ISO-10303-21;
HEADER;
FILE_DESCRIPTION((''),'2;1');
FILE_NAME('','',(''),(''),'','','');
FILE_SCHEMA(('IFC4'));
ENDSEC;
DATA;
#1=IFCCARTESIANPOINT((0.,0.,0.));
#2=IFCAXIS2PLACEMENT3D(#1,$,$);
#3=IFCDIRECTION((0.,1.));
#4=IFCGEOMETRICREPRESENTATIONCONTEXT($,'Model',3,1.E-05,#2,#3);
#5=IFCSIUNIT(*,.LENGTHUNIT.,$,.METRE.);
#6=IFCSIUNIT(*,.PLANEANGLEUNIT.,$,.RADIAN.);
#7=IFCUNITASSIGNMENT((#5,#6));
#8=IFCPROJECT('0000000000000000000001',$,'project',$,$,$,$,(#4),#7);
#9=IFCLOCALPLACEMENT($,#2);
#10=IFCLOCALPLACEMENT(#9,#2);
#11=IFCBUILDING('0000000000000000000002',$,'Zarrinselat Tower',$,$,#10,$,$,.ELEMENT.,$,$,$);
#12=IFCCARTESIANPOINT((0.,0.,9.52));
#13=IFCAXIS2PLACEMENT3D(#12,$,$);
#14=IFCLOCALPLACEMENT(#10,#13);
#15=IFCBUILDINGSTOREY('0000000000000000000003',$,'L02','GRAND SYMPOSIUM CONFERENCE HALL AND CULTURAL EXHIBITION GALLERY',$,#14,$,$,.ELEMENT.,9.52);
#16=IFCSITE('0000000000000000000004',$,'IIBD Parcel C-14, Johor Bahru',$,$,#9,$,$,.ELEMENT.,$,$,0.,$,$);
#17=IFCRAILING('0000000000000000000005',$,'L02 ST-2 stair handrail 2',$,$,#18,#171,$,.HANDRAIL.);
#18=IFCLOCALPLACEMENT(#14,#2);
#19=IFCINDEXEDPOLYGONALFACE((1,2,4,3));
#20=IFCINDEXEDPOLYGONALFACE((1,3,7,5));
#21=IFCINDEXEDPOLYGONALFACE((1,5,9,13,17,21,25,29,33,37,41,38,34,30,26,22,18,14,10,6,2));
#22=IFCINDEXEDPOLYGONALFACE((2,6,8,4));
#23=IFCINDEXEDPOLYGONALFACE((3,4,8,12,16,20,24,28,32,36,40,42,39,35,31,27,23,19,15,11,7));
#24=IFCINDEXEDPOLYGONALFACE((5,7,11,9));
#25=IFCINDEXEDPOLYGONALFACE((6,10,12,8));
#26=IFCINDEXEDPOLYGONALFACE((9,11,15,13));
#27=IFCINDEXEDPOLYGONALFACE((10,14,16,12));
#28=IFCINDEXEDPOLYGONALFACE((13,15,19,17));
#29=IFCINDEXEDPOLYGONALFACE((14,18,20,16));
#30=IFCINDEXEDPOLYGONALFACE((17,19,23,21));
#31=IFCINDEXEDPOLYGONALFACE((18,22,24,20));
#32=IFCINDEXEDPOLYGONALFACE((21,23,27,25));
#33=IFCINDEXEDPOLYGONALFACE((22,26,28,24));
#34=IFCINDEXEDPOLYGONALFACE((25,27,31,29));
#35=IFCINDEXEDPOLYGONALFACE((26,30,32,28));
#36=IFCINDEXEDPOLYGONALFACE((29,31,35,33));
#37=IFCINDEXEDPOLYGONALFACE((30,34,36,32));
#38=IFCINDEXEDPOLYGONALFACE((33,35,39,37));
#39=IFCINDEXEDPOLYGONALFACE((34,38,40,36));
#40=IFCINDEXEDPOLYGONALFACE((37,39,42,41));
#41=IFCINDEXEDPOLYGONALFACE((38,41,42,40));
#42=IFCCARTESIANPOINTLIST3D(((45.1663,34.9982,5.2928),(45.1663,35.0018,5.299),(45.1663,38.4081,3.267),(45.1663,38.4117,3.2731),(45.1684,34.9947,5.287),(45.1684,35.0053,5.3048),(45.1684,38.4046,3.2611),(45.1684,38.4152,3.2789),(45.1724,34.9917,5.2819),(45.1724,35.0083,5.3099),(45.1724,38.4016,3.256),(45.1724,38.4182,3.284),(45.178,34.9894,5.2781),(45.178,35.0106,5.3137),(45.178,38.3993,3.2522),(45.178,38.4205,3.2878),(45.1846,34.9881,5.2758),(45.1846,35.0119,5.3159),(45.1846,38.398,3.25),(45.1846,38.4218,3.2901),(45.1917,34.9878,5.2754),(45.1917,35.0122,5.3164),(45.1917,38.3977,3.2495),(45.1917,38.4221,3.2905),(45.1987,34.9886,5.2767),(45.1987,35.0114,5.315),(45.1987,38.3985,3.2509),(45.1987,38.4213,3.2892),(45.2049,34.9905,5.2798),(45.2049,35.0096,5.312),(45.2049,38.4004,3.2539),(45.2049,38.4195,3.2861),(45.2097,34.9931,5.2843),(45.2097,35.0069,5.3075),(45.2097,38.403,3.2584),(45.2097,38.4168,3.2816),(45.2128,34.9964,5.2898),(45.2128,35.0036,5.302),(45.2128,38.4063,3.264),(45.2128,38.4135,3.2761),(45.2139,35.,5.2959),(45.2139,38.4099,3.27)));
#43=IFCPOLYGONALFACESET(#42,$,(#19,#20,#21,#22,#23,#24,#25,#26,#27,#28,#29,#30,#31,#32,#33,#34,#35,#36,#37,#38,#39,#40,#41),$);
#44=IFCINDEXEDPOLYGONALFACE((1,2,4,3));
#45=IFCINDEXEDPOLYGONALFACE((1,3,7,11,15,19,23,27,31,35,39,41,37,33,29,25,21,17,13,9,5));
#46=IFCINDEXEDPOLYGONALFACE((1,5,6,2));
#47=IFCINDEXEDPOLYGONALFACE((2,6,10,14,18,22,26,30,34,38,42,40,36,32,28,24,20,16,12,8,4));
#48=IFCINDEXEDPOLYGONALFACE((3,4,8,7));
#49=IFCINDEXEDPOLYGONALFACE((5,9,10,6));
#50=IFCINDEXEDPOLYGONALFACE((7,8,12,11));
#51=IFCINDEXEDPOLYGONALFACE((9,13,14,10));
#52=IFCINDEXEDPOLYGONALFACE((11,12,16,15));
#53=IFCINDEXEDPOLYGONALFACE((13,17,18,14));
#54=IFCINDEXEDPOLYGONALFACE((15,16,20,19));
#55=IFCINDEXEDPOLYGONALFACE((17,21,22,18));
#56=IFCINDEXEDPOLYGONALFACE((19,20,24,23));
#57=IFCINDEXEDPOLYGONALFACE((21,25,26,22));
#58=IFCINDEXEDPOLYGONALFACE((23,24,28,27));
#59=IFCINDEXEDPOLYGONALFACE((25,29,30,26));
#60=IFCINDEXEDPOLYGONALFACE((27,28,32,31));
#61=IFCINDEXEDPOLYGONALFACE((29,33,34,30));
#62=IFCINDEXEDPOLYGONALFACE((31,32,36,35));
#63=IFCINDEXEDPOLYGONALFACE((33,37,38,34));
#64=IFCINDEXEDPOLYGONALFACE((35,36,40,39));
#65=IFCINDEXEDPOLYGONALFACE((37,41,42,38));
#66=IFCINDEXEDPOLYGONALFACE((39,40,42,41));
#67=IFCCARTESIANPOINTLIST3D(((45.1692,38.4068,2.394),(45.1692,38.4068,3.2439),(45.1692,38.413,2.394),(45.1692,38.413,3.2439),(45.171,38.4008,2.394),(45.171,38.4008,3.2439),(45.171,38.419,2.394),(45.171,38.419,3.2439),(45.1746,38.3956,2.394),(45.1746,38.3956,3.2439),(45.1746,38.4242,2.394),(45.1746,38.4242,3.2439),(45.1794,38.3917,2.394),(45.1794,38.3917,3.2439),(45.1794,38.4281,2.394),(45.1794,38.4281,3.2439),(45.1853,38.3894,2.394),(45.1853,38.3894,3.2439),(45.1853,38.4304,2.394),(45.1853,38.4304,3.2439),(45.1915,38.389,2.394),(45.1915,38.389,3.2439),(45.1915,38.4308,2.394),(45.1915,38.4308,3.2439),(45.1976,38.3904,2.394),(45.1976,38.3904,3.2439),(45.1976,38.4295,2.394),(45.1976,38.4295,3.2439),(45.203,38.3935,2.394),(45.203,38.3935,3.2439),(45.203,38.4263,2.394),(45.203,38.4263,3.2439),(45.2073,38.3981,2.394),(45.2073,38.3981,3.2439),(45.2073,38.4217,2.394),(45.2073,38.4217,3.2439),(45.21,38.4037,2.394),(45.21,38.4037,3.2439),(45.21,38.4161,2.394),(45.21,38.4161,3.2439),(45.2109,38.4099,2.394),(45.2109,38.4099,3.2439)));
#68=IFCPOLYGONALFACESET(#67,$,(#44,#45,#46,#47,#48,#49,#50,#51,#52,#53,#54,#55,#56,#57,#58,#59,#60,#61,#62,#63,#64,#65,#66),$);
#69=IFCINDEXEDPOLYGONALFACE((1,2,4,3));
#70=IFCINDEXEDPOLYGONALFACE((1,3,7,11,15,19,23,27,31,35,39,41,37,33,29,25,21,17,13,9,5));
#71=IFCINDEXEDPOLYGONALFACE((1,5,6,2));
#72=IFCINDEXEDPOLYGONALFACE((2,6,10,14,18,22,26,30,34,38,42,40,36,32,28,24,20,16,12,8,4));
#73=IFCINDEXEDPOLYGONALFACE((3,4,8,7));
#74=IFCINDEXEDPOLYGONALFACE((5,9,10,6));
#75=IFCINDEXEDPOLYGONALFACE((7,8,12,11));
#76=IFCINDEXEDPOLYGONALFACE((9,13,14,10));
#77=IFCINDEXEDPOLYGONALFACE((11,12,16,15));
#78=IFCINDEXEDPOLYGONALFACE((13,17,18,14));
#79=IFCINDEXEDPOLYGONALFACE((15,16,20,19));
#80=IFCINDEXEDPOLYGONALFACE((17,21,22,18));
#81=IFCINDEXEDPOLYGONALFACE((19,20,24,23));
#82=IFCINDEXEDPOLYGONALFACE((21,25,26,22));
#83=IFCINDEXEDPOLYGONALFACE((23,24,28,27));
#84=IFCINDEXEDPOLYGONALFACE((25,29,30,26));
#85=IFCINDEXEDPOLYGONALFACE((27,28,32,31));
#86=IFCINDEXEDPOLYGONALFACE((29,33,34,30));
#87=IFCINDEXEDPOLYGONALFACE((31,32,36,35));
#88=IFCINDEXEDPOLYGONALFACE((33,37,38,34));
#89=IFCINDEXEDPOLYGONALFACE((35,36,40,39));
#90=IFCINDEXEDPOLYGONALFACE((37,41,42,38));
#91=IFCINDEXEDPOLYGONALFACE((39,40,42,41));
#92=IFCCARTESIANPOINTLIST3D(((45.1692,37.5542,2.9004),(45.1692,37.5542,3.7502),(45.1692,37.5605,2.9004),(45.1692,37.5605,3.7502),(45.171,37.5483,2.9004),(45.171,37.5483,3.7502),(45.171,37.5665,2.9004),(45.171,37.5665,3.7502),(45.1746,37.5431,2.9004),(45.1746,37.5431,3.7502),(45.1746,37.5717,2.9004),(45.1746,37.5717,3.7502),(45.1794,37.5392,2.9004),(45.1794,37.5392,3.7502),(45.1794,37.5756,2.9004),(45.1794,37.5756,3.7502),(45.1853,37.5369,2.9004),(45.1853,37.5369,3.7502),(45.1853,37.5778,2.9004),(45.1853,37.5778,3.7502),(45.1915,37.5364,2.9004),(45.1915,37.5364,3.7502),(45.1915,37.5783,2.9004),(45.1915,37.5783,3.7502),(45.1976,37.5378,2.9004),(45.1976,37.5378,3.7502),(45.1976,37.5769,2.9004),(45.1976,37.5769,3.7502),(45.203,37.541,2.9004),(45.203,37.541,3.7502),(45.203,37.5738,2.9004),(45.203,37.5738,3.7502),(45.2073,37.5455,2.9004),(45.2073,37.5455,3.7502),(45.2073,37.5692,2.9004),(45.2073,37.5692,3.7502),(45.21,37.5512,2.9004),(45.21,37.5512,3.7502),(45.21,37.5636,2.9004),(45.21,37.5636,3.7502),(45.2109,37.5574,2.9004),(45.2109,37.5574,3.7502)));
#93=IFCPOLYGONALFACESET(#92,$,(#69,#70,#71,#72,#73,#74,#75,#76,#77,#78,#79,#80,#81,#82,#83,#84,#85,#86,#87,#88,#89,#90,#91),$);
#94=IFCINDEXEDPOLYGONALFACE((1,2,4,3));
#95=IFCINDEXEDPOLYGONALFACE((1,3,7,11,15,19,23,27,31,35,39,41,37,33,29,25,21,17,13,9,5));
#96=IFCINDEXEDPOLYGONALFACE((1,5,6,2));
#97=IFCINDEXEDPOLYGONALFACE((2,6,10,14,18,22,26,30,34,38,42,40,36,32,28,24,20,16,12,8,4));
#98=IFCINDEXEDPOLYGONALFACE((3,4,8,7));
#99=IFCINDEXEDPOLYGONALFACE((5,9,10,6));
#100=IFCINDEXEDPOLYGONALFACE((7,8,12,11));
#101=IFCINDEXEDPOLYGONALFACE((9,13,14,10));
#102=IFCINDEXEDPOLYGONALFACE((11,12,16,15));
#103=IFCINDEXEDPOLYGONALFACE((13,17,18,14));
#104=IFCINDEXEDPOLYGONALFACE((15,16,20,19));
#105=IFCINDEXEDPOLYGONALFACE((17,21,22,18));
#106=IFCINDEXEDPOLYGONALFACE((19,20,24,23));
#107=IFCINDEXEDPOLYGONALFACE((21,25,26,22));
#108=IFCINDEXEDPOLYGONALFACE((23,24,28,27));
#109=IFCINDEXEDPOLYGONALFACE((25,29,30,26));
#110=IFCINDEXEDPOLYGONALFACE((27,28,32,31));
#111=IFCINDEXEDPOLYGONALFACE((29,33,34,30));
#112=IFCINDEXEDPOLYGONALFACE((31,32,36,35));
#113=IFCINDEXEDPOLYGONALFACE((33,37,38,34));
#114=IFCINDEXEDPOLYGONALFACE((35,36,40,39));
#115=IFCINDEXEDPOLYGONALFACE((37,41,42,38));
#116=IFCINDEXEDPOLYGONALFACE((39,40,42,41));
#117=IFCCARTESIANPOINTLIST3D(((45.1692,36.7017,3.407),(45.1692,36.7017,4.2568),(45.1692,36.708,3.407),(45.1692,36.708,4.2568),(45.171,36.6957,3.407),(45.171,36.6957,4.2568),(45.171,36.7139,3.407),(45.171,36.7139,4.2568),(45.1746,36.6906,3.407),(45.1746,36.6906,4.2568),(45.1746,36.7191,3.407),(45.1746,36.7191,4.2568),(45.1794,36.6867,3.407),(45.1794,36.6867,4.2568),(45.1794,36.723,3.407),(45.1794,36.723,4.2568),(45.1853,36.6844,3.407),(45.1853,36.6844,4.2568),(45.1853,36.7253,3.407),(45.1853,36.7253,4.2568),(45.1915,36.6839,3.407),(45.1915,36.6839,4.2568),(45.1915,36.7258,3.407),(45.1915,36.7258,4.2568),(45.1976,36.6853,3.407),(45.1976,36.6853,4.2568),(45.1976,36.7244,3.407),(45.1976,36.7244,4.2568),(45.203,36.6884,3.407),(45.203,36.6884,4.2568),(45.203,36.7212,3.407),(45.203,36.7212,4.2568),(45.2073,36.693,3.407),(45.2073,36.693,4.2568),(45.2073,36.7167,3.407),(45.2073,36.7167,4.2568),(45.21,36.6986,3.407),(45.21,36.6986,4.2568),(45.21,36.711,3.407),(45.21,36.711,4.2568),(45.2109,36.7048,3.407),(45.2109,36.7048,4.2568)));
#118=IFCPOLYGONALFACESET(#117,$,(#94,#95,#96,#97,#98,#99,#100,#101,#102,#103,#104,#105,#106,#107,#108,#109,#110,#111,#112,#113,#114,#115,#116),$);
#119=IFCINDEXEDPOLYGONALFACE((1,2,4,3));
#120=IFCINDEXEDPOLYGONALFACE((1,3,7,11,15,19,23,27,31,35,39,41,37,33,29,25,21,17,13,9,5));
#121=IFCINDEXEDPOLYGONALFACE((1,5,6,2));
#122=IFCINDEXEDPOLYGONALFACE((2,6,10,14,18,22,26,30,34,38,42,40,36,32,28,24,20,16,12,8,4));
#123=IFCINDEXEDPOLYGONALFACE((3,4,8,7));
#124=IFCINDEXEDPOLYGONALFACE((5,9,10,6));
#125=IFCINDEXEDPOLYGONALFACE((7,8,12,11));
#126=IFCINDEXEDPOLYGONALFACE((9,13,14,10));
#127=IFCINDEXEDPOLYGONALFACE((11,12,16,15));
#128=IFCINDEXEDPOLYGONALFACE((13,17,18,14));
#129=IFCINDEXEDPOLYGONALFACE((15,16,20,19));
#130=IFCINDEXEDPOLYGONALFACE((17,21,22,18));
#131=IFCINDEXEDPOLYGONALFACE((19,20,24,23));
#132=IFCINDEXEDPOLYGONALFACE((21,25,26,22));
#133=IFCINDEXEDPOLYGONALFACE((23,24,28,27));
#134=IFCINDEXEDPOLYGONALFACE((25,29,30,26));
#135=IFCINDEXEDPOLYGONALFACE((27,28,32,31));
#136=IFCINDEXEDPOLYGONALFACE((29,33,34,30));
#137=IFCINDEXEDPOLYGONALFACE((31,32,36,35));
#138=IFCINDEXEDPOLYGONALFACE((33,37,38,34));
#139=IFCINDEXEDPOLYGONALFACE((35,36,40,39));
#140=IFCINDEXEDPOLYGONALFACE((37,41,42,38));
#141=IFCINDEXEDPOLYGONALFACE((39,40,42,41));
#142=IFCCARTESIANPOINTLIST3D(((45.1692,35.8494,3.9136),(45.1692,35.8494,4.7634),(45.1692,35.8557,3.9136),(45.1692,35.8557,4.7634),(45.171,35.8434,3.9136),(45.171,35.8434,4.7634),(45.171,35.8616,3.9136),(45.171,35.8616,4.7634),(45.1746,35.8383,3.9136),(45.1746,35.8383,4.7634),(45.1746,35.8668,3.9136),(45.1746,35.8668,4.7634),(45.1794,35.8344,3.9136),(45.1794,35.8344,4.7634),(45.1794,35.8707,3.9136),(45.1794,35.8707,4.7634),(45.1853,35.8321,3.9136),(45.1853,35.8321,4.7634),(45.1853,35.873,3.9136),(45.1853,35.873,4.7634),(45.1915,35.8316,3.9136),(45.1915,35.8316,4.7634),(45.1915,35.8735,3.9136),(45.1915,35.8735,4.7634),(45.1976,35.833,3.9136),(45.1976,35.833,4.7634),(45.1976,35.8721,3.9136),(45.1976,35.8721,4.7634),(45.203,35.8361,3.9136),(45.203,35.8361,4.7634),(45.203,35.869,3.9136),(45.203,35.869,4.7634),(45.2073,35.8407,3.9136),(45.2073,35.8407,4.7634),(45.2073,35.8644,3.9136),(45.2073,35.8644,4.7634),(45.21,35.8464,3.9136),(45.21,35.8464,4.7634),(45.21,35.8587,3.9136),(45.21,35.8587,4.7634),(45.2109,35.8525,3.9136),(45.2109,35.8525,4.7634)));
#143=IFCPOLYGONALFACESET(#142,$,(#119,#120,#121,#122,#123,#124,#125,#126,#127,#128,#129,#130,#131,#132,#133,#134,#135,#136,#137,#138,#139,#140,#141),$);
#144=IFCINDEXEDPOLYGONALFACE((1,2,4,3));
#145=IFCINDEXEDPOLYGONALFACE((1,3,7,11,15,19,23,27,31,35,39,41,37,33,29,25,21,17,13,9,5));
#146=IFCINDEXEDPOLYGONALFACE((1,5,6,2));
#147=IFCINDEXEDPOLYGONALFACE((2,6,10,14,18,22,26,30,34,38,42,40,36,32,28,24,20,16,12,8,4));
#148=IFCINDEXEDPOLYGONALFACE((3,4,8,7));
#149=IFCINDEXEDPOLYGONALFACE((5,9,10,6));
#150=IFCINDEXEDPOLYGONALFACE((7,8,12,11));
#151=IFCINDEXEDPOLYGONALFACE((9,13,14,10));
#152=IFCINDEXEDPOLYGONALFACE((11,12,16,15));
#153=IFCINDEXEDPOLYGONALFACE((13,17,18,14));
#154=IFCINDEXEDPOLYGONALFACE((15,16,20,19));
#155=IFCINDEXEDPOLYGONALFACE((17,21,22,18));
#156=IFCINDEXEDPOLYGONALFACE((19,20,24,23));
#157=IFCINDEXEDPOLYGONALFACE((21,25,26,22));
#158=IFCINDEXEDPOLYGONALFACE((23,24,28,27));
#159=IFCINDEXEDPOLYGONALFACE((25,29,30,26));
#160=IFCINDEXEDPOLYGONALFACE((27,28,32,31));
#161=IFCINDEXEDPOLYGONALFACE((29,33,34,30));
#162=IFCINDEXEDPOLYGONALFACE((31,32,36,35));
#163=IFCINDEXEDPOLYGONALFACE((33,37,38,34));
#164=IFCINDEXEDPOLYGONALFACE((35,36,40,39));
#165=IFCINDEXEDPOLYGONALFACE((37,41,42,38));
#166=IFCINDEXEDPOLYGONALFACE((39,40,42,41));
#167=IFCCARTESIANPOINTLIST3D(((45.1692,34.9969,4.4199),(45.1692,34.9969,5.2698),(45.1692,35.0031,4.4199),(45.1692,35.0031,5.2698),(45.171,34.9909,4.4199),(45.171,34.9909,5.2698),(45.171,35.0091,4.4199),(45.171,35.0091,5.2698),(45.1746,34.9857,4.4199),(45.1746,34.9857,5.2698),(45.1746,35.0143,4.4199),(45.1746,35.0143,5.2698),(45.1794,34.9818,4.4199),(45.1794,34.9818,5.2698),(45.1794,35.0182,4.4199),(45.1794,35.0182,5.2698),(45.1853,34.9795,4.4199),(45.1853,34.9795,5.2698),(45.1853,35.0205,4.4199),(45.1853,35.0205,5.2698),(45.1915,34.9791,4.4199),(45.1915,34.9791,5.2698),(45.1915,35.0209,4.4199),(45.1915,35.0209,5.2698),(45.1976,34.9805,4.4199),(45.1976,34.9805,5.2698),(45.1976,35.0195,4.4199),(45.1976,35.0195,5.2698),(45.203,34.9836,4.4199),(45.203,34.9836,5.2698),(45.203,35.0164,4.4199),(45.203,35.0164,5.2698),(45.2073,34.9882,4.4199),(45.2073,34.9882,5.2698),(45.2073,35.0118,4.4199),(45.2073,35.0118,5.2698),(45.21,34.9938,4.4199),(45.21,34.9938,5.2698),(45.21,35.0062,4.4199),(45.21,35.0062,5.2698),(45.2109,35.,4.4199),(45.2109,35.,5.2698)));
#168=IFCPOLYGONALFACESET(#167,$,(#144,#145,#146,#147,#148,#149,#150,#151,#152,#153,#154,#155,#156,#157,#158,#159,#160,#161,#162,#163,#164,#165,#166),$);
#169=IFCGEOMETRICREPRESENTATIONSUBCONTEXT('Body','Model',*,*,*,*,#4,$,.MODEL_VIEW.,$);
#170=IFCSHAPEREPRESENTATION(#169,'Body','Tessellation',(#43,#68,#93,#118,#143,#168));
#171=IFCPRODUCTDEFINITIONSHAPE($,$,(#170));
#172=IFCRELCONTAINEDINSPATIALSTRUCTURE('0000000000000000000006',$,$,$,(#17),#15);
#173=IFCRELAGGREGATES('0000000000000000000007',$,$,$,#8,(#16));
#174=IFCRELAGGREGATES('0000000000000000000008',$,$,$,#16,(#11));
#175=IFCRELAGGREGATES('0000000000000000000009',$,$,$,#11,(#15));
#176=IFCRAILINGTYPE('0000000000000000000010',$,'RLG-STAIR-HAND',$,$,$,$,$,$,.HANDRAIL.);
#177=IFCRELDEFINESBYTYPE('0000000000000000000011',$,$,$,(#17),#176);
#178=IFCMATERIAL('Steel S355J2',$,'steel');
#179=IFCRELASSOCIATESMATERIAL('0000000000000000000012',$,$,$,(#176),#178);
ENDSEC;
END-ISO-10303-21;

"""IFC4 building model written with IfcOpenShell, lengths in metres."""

from ifc_helpers import new_model, si_unit, direction, frame, origin, origin_2d, place, context, subcontext, project, spatial, circle, extrude, material, type_object, element, save


model = new_model("IFC4")

# Units and contexts
model_context = context("Model", 3, precision=1e-05, world=origin(), true_north=direction((0.0, 1.0)))
body_context = subcontext(model_context, "Body", "Model", "MODEL_VIEW")
ifc_project = project(units=[si_unit("LENGTHUNIT", "METRE"), si_unit("PLANEANGLEUNIT", "RADIAN")], contexts=[model_context])

# Site, building, storey
site_placement = place(None, origin())
site = spatial("IfcSite", under=ifc_project, at=site_placement, Name="IIBD Parcel C-14, Johor Bahru", CompositionType="ELEMENT", RefElevation=0.0)
building_placement = place(site_placement, origin())
building = spatial("IfcBuilding", under=site, at=building_placement, Name="Zarrinselat Tower", CompositionType="ELEMENT")
storey_placement = place(building_placement, frame((0.0, 0.0, 9.52)))
storey = spatial("IfcBuildingStorey", under=building, at=storey_placement, Name="L02", Description="GRAND SYMPOSIUM CONFERENCE HALL AND CULTURAL EXHIBITION GALLERY", CompositionType="ELEMENT", Elevation=9.52)

# Railing
ifc_material_1 = material(Name="Steel S355J2", Category="steel")
railing_type_1 = type_object("IfcRailingType", Name="RLG-STAIR-HAND", PredefinedType="HANDRAIL", material=ifc_material_1)
railing_1_placement = place(storey_placement, frame((45.1899, 38.4099, 2.394)))
element("IfcRailing", 1, at=railing_1_placement, inside=storey, type_object=railing_type_1, Name="L02 ST-2 stair handrail 2", PredefinedType="HANDRAIL", context=body_context, shape_type="SweptSolid", body=[
    extrude(circle(Radius=0.0239, at=origin_2d()), frame((0.0, 0.0, 0.876), z_axis=(0.0, -0.859717, 0.510771), x_axis=(1.0, 0.0, 0.0)), (0.0, 0.0, 1.0), 3.9663),
    extrude(circle(Radius=0.021, at=origin_2d()), origin(), (0.0, 0.0, 1.0), 0.8499),
    extrude(circle(Radius=0.021, at=origin_2d()), frame((0.0, -0.8525, 0.5063)), (0.0, 0.0, 1.0), 0.8499),
    extrude(circle(Radius=0.021, at=origin_2d()), frame((0.0, -1.7051, 1.0129)), (0.0, 0.0, 1.0), 0.8499),
    extrude(circle(Radius=0.021, at=origin_2d()), frame((0.0, -2.5574, 1.5195)), (0.0, 0.0, 1.0), 0.8499),
    extrude(circle(Radius=0.021, at=origin_2d()), frame((0.0, -3.4099, 2.0259)), (0.0, 0.0, 1.0), 0.8499),
])

save(model, "model.ifc")
